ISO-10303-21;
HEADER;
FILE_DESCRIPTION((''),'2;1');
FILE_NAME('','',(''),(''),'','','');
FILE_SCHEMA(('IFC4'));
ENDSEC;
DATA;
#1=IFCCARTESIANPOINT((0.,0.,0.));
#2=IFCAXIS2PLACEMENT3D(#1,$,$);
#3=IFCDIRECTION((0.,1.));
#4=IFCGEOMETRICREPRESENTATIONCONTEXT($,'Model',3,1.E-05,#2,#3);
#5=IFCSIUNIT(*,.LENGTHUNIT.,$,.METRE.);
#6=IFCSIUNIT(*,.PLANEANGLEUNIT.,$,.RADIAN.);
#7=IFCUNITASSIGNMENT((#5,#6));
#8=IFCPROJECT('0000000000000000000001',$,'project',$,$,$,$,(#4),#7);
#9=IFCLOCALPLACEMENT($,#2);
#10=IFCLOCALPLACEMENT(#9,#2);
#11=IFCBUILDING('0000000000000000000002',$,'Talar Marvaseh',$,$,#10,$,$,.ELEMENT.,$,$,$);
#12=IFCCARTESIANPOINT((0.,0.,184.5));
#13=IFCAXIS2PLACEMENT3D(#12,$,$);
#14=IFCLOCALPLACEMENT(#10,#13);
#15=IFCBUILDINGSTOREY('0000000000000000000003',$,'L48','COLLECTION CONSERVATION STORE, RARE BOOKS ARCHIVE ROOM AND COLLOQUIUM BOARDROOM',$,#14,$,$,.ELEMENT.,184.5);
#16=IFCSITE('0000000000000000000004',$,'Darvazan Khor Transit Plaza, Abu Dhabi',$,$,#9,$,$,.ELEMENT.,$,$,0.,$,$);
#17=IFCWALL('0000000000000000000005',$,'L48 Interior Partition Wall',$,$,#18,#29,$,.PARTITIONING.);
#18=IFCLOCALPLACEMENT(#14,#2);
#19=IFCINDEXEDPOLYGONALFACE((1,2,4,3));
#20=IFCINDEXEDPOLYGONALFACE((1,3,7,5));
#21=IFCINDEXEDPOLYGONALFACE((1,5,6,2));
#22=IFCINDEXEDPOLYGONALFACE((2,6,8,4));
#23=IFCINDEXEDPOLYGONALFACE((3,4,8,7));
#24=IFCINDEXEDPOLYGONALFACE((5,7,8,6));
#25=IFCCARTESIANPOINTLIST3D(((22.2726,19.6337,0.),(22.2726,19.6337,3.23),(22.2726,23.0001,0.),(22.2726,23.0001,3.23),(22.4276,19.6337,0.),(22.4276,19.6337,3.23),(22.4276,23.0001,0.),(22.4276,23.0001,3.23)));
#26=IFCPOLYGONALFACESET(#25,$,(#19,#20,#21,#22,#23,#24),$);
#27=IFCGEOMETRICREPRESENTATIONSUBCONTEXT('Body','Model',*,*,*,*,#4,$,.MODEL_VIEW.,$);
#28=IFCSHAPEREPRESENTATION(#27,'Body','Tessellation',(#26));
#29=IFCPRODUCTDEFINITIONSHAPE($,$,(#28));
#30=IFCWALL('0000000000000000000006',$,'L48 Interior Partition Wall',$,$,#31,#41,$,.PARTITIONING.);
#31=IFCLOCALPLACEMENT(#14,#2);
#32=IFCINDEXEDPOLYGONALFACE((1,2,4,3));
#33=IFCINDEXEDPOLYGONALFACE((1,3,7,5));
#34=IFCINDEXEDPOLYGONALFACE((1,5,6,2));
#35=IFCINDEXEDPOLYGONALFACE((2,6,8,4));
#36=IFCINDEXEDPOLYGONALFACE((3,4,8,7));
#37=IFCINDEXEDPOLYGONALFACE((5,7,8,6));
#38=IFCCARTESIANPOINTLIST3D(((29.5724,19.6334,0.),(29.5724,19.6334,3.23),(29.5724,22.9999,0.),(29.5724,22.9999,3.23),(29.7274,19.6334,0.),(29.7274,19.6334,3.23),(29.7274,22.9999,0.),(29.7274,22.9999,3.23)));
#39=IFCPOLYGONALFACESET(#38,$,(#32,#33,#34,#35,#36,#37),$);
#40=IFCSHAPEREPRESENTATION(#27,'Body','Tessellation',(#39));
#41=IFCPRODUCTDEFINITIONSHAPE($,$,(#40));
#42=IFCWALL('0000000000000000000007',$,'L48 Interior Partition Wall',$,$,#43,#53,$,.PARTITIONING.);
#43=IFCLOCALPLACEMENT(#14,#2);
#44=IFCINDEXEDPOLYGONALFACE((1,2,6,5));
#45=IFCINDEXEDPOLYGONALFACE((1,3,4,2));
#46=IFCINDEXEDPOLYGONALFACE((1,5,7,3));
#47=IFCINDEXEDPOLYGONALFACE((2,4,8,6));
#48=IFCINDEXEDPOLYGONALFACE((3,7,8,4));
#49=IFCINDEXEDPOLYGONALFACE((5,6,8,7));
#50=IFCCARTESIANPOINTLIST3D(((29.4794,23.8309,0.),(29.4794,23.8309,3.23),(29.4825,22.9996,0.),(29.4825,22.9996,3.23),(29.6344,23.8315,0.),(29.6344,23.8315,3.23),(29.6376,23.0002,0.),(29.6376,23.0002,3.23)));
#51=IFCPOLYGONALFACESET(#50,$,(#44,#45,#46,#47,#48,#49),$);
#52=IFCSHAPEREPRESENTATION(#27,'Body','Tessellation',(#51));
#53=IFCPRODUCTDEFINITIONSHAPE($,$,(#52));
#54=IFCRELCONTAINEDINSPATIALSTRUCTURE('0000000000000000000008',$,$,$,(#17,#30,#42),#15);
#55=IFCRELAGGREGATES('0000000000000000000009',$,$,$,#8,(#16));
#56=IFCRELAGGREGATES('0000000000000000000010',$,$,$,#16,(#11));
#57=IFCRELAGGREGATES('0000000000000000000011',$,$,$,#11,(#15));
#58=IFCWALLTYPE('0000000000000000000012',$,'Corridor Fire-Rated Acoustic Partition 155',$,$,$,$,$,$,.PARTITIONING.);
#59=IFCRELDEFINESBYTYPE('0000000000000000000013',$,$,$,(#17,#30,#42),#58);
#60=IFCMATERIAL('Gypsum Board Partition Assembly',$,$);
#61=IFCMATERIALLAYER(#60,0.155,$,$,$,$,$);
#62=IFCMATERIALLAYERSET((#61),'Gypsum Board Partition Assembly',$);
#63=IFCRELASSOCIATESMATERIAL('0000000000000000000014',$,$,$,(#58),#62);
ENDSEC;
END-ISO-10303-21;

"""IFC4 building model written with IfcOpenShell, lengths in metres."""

from ifc_helpers import new_model, si_unit, direction, frame, frame_2d, origin, place, context, subcontext, project, spatial, rectangle, extrude, material, layer, layer_set, type_object, element, save


model = new_model("IFC4")

# Units and contexts
model_context = context("Model", 3, precision=1e-05, world=origin(), true_north=direction((0.0, 1.0)))
body_context = subcontext(model_context, "Body", "Model", "MODEL_VIEW")
ifc_project = project(units=[si_unit("LENGTHUNIT", "METRE"), si_unit("PLANEANGLEUNIT", "RADIAN")], contexts=[model_context])

# Site, building, storey
site_placement = place(None, origin())
site = spatial("IfcSite", under=ifc_project, at=site_placement, Name="Darvazan Khor Transit Plaza, Abu Dhabi", CompositionType="ELEMENT", RefElevation=0.0)
building_placement = place(site_placement, origin())
building = spatial("IfcBuilding", under=site, at=building_placement, Name="Talar Marvaseh", CompositionType="ELEMENT")
storey_placement = place(building_placement, frame((0.0, 0.0, 184.5)))
storey = spatial("IfcBuildingStorey", under=building, at=storey_placement, Name="L48", Description="COLLECTION CONSERVATION STORE, RARE BOOKS ARCHIVE ROOM AND COLLOQUIUM BOARDROOM", CompositionType="ELEMENT", Elevation=184.5)

# Shared definitions
ifc_material_1 = material(Name="Gypsum Board Partition Assembly")
ifc_layer_1 = layer(ifc_material_1, 0.155)
ifc_layer_set_1 = layer_set([ifc_layer_1], Name="Gypsum Board Partition Assembly")
wall_type = type_object("IfcWallType", Name="Corridor Fire-Rated Acoustic Partition 155", PredefinedType="PARTITIONING", material=ifc_layer_set_1)

# Walls
for number, where, z_axis, x_axis, name in (
    (1, (22.3501, 23.0, 0.0), (0.0, 0.0, 1.0), (0.0, -1.0, 0.0), "L48 Interior Partition Wall"),
    (2, (29.6499, 19.6335, 0.0), (0.0, 0.0, 1.0), (0.0, 1.0, 0.0), "L48 Interior Partition Wall"),
):
    element("IfcWall", number, at=place(storey_placement, frame(where, z_axis=z_axis, x_axis=x_axis)), inside=storey, type_object=wall_type, Name=name, PredefinedType="PARTITIONING", context=body_context, shape_type="SweptSolid", body=[
        extrude(rectangle(XDim=3.3665, YDim=0.155, at=frame_2d((1.6831, 0.0))), origin(), (0.0, 0.0, 1.0), 3.23),
    ])
wall_1_placement = place(storey_placement, frame((29.5601, 23.0, 0.0), z_axis=(0.0, 0.0, 1.0), x_axis=(-0.003818, 0.999993, 0.0)))
element("IfcWall", 3, at=wall_1_placement, inside=storey, type_object=wall_type, Name="L48 Interior Partition Wall", PredefinedType="PARTITIONING", context=body_context, shape_type="SweptSolid", body=[
    extrude(rectangle(XDim=0.8313, YDim=0.155, at=frame_2d((0.4155, 0.0))), origin(), (0.0, 0.0, 1.0), 3.23),
])

save(model, "model.ifc")
